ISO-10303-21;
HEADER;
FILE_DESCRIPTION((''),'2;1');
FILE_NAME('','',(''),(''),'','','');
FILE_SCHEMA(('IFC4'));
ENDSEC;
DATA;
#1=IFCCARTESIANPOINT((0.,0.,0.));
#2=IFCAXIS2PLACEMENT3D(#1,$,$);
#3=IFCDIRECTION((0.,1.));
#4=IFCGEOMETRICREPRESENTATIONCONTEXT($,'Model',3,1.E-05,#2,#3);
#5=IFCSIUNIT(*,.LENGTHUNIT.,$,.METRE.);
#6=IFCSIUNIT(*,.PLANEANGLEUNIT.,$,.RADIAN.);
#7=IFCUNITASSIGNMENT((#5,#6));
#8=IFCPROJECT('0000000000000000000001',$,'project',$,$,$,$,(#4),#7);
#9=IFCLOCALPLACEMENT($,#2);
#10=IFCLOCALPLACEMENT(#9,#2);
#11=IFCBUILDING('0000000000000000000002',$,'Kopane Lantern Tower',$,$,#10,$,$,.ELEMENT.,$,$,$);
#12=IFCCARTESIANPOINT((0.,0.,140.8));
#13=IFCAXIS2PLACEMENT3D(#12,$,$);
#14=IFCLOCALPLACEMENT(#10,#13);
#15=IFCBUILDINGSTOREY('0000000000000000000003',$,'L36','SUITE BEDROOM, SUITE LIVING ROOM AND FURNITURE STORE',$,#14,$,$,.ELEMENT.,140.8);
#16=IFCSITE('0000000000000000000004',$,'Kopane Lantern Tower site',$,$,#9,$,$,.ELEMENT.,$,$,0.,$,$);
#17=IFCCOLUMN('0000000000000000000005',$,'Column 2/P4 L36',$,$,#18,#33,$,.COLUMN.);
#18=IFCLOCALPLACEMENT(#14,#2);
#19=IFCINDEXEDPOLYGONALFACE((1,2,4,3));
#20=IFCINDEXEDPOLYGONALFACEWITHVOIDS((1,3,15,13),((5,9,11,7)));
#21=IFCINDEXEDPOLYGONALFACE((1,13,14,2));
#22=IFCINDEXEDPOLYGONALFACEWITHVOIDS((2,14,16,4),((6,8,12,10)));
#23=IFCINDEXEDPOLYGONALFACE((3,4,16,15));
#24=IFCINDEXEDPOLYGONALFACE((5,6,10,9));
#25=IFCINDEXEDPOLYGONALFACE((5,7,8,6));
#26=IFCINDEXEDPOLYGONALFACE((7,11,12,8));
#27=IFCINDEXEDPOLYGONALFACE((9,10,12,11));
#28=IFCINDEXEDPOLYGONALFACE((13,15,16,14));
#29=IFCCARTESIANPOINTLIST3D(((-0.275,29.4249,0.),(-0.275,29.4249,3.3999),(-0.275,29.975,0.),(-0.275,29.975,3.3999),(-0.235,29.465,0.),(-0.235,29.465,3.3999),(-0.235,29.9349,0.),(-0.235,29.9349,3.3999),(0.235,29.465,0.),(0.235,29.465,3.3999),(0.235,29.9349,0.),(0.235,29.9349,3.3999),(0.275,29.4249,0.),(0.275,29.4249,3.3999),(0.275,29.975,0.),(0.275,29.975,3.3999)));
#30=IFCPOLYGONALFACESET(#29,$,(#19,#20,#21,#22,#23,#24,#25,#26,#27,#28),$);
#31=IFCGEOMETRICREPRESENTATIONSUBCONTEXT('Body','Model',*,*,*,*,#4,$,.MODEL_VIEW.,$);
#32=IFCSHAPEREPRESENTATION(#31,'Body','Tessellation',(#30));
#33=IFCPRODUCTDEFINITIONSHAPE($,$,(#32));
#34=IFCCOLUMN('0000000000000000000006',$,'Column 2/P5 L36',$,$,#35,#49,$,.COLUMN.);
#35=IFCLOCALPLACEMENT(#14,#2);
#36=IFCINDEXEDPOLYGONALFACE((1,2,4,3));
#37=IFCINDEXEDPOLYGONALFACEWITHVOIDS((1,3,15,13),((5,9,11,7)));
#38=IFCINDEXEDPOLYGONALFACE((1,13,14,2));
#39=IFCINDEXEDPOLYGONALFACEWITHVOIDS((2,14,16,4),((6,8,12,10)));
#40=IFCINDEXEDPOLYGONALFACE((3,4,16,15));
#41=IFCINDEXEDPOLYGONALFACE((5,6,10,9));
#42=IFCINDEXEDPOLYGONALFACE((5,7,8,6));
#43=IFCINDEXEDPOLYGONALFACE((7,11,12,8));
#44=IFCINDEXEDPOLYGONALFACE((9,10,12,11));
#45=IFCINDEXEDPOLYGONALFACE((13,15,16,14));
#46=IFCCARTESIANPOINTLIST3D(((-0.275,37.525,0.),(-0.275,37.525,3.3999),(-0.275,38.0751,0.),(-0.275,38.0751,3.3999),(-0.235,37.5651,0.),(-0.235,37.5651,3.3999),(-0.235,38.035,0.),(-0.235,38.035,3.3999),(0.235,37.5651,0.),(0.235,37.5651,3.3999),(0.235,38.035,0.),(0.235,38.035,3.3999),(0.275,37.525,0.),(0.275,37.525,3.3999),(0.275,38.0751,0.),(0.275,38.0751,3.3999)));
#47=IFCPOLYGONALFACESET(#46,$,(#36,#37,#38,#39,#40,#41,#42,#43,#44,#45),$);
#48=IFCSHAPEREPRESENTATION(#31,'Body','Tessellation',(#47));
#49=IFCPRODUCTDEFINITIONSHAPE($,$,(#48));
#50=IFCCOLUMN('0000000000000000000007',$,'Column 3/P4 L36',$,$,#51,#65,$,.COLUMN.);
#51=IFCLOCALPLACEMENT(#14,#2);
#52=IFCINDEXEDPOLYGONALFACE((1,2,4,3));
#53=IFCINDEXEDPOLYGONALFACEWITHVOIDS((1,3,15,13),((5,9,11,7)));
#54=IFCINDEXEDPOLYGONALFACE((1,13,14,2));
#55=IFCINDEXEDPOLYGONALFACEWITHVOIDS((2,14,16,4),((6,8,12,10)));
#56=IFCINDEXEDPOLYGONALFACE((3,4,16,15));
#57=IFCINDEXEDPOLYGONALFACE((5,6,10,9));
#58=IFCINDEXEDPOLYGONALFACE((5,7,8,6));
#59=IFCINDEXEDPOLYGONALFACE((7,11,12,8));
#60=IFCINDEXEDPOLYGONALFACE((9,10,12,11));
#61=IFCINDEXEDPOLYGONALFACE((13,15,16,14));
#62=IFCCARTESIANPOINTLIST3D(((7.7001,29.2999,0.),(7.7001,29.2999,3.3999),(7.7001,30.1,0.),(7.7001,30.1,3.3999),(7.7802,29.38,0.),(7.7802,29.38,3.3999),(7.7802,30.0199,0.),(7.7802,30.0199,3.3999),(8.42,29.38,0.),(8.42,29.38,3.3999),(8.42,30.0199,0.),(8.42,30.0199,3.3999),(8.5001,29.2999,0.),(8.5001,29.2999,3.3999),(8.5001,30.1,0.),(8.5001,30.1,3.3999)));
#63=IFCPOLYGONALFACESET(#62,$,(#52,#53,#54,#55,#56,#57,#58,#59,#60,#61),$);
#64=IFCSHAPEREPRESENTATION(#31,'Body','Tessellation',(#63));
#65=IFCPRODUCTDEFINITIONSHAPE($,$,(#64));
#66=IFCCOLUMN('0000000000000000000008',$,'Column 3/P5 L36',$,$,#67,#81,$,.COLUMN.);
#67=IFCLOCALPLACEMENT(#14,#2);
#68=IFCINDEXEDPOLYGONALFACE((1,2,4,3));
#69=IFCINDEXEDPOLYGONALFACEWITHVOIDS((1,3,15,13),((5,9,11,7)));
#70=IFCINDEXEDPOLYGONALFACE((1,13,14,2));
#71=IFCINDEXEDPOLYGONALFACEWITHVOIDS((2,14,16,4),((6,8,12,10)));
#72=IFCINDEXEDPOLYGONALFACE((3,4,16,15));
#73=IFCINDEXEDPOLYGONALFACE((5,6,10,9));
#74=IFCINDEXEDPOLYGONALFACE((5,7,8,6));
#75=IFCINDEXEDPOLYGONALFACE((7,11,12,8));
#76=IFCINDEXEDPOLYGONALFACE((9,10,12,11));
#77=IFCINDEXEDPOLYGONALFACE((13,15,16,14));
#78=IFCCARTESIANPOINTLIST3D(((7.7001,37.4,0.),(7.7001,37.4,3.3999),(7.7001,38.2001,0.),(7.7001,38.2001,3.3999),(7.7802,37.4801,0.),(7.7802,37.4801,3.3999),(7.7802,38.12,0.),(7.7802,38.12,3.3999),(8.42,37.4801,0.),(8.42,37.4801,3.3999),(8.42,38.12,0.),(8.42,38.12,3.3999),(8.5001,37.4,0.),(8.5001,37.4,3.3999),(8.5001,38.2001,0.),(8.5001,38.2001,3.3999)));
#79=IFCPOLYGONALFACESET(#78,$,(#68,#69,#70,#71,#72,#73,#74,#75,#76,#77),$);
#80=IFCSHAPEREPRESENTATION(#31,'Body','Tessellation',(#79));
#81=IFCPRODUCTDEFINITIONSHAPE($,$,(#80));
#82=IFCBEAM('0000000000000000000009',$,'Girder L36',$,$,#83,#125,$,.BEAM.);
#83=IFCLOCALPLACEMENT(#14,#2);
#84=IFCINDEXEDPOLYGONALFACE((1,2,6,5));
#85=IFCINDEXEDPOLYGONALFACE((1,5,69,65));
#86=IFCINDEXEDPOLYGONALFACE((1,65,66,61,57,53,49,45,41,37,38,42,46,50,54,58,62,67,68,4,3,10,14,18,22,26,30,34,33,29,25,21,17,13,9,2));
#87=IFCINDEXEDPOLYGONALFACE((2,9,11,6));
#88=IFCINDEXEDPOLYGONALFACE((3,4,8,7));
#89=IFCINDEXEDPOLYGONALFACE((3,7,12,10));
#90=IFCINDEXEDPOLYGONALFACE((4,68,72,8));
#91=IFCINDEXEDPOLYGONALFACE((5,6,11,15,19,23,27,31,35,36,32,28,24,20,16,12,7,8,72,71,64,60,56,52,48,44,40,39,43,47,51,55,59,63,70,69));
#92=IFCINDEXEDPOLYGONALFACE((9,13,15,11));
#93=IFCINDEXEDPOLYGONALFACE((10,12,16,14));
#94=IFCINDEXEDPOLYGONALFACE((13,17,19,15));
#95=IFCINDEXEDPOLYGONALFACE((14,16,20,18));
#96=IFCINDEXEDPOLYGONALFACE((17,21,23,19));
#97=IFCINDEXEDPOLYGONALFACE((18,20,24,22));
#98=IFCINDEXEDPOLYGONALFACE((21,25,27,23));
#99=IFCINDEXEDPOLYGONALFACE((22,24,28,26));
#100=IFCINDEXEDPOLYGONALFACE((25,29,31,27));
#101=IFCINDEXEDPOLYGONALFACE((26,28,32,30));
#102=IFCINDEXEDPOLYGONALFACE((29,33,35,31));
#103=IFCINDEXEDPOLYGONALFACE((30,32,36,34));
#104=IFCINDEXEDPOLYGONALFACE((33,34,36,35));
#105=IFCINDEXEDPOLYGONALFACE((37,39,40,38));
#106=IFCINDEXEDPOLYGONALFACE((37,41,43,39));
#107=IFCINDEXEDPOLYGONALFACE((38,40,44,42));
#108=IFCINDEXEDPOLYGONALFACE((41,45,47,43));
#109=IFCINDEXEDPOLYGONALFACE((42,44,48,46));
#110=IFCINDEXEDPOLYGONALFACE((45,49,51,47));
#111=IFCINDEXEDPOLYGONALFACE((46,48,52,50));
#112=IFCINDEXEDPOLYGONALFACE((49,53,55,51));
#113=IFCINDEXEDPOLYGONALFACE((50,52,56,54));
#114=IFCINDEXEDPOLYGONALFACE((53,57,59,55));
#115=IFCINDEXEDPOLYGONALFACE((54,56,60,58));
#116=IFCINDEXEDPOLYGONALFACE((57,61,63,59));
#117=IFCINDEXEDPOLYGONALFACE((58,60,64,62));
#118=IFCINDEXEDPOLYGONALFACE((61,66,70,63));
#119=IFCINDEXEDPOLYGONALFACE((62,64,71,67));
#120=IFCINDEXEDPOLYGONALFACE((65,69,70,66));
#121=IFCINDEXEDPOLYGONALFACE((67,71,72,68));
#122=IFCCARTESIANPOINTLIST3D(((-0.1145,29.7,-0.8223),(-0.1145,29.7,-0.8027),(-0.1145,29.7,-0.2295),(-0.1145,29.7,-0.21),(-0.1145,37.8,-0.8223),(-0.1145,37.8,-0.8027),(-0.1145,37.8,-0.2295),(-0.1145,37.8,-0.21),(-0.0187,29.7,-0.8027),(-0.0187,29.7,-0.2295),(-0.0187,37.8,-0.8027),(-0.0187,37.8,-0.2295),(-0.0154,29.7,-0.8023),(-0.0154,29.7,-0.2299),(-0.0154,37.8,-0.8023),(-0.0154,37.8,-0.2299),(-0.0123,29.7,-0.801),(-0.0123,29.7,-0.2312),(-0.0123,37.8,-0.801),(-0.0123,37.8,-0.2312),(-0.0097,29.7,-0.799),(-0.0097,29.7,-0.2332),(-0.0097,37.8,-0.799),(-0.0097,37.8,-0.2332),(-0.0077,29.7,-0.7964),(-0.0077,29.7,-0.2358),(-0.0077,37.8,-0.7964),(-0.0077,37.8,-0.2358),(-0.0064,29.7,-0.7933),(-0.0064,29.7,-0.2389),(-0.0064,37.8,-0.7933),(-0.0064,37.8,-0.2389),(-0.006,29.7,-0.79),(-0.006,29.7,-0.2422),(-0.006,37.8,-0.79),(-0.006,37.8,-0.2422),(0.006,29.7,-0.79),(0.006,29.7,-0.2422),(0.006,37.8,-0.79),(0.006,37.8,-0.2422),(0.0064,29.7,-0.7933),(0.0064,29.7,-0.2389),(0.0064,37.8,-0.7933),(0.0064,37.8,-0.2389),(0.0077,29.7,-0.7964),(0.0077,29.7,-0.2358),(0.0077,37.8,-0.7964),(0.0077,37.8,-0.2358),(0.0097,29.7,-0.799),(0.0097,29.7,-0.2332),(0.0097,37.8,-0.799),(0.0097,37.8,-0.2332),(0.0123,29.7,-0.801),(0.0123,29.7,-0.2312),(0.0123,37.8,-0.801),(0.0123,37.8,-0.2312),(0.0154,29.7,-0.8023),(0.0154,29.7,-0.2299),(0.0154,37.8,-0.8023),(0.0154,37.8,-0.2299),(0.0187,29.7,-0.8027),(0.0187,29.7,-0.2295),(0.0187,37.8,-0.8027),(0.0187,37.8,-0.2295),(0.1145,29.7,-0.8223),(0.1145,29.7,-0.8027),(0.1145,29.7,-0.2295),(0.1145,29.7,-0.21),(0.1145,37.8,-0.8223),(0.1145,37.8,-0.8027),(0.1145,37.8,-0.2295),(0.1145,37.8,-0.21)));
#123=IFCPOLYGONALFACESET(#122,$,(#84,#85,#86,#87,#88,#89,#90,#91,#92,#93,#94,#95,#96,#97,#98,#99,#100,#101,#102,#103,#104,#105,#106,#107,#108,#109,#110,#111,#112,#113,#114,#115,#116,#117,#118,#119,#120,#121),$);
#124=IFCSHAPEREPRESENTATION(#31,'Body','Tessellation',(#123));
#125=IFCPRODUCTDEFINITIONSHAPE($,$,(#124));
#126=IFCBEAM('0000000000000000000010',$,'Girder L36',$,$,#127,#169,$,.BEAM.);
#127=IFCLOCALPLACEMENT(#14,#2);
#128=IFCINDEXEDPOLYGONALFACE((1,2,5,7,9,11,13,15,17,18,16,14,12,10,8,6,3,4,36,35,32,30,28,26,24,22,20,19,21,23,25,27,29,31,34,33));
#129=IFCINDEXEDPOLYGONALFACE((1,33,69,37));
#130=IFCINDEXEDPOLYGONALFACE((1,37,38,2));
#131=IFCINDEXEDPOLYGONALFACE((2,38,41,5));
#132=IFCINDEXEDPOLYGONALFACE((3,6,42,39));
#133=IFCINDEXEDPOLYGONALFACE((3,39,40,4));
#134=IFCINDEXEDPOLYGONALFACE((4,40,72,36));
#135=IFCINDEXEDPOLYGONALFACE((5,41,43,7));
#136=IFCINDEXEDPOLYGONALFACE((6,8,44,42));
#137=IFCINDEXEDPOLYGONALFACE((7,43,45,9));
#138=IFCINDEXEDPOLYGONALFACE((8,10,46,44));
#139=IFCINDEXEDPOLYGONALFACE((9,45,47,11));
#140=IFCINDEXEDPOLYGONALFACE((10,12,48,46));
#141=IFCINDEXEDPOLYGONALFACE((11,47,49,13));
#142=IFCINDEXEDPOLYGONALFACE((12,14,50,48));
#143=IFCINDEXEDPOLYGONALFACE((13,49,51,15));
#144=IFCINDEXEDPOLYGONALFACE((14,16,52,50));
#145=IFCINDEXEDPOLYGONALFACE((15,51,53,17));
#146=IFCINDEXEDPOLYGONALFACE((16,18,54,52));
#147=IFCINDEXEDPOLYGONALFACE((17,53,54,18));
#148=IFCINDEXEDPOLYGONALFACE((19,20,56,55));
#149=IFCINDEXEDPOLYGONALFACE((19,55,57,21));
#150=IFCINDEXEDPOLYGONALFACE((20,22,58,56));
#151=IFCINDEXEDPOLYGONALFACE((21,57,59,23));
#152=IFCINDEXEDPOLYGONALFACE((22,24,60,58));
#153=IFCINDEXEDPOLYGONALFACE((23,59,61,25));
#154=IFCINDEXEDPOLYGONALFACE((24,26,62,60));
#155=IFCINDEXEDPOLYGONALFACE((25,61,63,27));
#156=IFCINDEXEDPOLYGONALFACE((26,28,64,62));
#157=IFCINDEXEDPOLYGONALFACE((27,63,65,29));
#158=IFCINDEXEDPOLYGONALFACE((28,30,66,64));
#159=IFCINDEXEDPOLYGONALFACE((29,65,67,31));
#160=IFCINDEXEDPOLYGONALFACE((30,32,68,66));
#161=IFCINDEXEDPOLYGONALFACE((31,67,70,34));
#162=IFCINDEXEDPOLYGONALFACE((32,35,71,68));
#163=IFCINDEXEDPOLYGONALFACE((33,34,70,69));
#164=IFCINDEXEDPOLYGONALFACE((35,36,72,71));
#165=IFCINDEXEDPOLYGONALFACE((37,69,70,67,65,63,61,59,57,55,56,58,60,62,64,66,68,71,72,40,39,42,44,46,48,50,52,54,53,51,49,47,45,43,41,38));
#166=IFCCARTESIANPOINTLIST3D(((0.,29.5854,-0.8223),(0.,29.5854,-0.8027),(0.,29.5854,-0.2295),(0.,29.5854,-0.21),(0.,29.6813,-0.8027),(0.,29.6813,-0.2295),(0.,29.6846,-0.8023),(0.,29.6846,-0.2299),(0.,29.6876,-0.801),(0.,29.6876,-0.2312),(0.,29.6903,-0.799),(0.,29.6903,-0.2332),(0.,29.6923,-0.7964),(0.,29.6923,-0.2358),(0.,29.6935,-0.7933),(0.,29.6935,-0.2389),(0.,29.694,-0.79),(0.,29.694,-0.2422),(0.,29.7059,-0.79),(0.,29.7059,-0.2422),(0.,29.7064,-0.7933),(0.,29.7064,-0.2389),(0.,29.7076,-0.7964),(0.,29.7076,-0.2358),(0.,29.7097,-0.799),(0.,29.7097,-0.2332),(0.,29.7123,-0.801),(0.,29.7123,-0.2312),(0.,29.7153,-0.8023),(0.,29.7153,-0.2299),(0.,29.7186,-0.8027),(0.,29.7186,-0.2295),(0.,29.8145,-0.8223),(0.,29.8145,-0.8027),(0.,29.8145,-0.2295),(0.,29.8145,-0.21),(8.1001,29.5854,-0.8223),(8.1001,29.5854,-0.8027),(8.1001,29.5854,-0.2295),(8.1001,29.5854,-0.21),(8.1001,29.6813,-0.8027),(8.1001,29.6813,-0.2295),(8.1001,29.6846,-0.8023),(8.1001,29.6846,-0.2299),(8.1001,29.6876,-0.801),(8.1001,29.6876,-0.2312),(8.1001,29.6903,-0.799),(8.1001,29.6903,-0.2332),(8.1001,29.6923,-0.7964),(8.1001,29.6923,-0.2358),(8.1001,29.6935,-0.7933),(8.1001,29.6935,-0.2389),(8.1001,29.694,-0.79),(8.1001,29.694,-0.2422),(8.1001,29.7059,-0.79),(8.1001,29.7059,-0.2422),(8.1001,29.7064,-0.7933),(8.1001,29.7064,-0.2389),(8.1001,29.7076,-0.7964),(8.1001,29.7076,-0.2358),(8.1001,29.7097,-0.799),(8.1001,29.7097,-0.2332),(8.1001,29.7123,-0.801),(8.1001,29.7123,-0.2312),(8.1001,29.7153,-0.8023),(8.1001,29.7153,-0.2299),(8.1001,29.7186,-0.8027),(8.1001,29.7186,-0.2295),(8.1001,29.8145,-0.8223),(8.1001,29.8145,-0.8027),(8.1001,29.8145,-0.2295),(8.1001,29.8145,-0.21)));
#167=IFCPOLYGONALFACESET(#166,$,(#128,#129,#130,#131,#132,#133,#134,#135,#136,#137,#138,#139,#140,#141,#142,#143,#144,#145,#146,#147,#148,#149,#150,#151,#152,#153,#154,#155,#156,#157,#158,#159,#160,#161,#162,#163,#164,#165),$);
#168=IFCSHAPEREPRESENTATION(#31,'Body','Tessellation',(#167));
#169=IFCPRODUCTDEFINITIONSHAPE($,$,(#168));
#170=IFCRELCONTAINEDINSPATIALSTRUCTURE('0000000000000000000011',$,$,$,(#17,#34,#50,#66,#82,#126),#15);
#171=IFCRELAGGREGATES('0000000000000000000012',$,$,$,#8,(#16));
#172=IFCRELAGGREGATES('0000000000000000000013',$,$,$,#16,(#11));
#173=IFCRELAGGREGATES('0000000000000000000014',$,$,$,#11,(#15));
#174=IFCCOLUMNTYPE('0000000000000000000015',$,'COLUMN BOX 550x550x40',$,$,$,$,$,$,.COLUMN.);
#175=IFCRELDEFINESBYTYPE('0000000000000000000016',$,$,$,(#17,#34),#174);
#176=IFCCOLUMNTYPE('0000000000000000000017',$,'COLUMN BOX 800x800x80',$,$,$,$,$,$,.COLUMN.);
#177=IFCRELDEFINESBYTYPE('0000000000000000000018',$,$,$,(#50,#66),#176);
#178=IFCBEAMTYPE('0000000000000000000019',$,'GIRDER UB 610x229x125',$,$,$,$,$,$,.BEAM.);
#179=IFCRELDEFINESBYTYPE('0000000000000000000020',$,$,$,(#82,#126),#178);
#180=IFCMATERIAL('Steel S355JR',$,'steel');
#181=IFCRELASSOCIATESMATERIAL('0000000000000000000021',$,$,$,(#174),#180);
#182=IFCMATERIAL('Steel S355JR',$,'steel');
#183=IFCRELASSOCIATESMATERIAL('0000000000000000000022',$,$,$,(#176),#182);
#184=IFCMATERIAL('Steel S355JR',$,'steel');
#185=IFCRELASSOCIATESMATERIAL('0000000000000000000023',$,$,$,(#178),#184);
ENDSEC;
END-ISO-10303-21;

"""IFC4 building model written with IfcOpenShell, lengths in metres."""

from ifc_helpers import new_model, si_unit, direction, frame, origin, origin_2d, place, context, subcontext, project, spatial, hollow_rectangle, i_section, extrude, material, material_profile, profile_set, type_object, element, save


model = new_model("IFC4")

# Units and contexts
model_context = context("Model", 3, precision=1e-05, world=origin(), true_north=direction((0.0, 1.0)))
body_context = subcontext(model_context, "Body", "Model", "MODEL_VIEW")
ifc_project = project(units=[si_unit("LENGTHUNIT", "METRE"), si_unit("PLANEANGLEUNIT", "RADIAN")], contexts=[model_context])

# Site, building, storey
site_placement = place(None, origin())
site = spatial("IfcSite", under=ifc_project, at=site_placement, Name="Kopane Lantern Tower site", CompositionType="ELEMENT", RefElevation=0.0)
building_placement = place(site_placement, origin())
building = spatial("IfcBuilding", under=site, at=building_placement, Name="Kopane Lantern Tower", CompositionType="ELEMENT")
storey_placement = place(building_placement, frame((0.0, 0.0, 140.8)))
storey = spatial("IfcBuildingStorey", under=building, at=storey_placement, Name="L36", Description="SUITE BEDROOM, SUITE LIVING ROOM AND FURNITURE STORE", CompositionType="ELEMENT", Elevation=140.8)

# Columns
ifc_material_1 = material(Name="Steel S355JR", Category="steel")
ifc_material_profile_1 = material_profile(ifc_material_1, hollow_rectangle(XDim=0.55, YDim=0.55, WallThickness=0.04, at=origin_2d()), Name="BOX 550x550x40")
ifc_profile_set_1 = profile_set([ifc_material_profile_1], Name="Steel S355JR")
column_type_1 = type_object("IfcColumnType", Name="COLUMN BOX 550x550x40", PredefinedType="COLUMN", material=ifc_profile_set_1)
for number, where, z_axis, x_axis, name in (
    (1, (0.0, 29.7, 0.0), (0.0, 0.0, 1.0), (1.0, 0.0, 0.0), "Column 2/P4 L36"),
    (2, (0.0, 37.8, 0.0), (0.0, 0.0, 1.0), (1.0, 0.0, 0.0), "Column 2/P5 L36"),
):
    element("IfcColumn", number, at=place(storey_placement, frame(where, z_axis=z_axis, x_axis=x_axis)), inside=storey, type_object=column_type_1, Name=name, PredefinedType="COLUMN", context=body_context, shape_type="SweptSolid", body=[
        extrude(hollow_rectangle(XDim=0.55, YDim=0.55, WallThickness=0.04, at=origin_2d()), origin(), (0.0, 0.0, 1.0), 3.3999),
    ])
ifc_material_2 = material(Name="Steel S355JR", Category="steel")
ifc_material_profile_2 = material_profile(ifc_material_2, hollow_rectangle(XDim=0.8, YDim=0.8, WallThickness=0.0801, at=origin_2d()), Name="BOX 800x800x80")
ifc_profile_set_2 = profile_set([ifc_material_profile_2], Name="Steel S355JR")
column_type_2 = type_object("IfcColumnType", Name="COLUMN BOX 800x800x80", PredefinedType="COLUMN", material=ifc_profile_set_2)
for number, where, z_axis, x_axis, name in (
    (3, (8.1001, 29.7, 0.0), (0.0, 0.0, 1.0), (1.0, 0.0, 0.0), "Column 3/P4 L36"),
    (4, (8.1001, 37.8, 0.0), (0.0, 0.0, 1.0), (1.0, 0.0, 0.0), "Column 3/P5 L36"),
):
    element("IfcColumn", number, at=place(storey_placement, frame(where, z_axis=z_axis, x_axis=x_axis)), inside=storey, type_object=column_type_2, Name=name, PredefinedType="COLUMN", context=body_context, shape_type="SweptSolid", body=[
        extrude(hollow_rectangle(XDim=0.8, YDim=0.8, WallThickness=0.0801, at=origin_2d()), origin(), (0.0, 0.0, 1.0), 3.3999),
    ])

# Beams
ifc_material_3 = material(Name="Steel S355JR", Category="steel")
ifc_material_profile_3 = material_profile(ifc_material_3, i_section(OverallWidth=0.229, OverallDepth=0.6123, WebThickness=0.012, FlangeThickness=0.0195, FilletRadius=0.0127, at=origin_2d()), Name="UB 610x229x125")
ifc_profile_set_3 = profile_set([ifc_material_profile_3], Name="Steel S355JR")
beam_type = type_object("IfcBeamType", Name="GIRDER UB 610x229x125", PredefinedType="BEAM", material=ifc_profile_set_3)
for number, where, z_axis, x_axis, name in (
    (5, (0.0, 29.7, -0.5161), (0.0, 1.0, 0.0), (-1.0, 0.0, 0.0), "Girder L36"),
    (6, (0.0, 29.7, -0.5161), (1.0, 0.0, 0.0), (0.0, 1.0, 0.0), "Girder L36"),
):
    element("IfcBeam", number, at=place(storey_placement, frame(where, z_axis=z_axis, x_axis=x_axis)), inside=storey, type_object=beam_type, Name=name, PredefinedType="BEAM", context=body_context, shape_type="SweptSolid", body=[
        extrude(i_section(OverallWidth=0.229, OverallDepth=0.6123, WebThickness=0.012, FlangeThickness=0.0195, FilletRadius=0.0127, at=origin_2d()), origin(), (0.0, 0.0, 1.0), 8.1001),
    ])

save(model, "model.ifc")
